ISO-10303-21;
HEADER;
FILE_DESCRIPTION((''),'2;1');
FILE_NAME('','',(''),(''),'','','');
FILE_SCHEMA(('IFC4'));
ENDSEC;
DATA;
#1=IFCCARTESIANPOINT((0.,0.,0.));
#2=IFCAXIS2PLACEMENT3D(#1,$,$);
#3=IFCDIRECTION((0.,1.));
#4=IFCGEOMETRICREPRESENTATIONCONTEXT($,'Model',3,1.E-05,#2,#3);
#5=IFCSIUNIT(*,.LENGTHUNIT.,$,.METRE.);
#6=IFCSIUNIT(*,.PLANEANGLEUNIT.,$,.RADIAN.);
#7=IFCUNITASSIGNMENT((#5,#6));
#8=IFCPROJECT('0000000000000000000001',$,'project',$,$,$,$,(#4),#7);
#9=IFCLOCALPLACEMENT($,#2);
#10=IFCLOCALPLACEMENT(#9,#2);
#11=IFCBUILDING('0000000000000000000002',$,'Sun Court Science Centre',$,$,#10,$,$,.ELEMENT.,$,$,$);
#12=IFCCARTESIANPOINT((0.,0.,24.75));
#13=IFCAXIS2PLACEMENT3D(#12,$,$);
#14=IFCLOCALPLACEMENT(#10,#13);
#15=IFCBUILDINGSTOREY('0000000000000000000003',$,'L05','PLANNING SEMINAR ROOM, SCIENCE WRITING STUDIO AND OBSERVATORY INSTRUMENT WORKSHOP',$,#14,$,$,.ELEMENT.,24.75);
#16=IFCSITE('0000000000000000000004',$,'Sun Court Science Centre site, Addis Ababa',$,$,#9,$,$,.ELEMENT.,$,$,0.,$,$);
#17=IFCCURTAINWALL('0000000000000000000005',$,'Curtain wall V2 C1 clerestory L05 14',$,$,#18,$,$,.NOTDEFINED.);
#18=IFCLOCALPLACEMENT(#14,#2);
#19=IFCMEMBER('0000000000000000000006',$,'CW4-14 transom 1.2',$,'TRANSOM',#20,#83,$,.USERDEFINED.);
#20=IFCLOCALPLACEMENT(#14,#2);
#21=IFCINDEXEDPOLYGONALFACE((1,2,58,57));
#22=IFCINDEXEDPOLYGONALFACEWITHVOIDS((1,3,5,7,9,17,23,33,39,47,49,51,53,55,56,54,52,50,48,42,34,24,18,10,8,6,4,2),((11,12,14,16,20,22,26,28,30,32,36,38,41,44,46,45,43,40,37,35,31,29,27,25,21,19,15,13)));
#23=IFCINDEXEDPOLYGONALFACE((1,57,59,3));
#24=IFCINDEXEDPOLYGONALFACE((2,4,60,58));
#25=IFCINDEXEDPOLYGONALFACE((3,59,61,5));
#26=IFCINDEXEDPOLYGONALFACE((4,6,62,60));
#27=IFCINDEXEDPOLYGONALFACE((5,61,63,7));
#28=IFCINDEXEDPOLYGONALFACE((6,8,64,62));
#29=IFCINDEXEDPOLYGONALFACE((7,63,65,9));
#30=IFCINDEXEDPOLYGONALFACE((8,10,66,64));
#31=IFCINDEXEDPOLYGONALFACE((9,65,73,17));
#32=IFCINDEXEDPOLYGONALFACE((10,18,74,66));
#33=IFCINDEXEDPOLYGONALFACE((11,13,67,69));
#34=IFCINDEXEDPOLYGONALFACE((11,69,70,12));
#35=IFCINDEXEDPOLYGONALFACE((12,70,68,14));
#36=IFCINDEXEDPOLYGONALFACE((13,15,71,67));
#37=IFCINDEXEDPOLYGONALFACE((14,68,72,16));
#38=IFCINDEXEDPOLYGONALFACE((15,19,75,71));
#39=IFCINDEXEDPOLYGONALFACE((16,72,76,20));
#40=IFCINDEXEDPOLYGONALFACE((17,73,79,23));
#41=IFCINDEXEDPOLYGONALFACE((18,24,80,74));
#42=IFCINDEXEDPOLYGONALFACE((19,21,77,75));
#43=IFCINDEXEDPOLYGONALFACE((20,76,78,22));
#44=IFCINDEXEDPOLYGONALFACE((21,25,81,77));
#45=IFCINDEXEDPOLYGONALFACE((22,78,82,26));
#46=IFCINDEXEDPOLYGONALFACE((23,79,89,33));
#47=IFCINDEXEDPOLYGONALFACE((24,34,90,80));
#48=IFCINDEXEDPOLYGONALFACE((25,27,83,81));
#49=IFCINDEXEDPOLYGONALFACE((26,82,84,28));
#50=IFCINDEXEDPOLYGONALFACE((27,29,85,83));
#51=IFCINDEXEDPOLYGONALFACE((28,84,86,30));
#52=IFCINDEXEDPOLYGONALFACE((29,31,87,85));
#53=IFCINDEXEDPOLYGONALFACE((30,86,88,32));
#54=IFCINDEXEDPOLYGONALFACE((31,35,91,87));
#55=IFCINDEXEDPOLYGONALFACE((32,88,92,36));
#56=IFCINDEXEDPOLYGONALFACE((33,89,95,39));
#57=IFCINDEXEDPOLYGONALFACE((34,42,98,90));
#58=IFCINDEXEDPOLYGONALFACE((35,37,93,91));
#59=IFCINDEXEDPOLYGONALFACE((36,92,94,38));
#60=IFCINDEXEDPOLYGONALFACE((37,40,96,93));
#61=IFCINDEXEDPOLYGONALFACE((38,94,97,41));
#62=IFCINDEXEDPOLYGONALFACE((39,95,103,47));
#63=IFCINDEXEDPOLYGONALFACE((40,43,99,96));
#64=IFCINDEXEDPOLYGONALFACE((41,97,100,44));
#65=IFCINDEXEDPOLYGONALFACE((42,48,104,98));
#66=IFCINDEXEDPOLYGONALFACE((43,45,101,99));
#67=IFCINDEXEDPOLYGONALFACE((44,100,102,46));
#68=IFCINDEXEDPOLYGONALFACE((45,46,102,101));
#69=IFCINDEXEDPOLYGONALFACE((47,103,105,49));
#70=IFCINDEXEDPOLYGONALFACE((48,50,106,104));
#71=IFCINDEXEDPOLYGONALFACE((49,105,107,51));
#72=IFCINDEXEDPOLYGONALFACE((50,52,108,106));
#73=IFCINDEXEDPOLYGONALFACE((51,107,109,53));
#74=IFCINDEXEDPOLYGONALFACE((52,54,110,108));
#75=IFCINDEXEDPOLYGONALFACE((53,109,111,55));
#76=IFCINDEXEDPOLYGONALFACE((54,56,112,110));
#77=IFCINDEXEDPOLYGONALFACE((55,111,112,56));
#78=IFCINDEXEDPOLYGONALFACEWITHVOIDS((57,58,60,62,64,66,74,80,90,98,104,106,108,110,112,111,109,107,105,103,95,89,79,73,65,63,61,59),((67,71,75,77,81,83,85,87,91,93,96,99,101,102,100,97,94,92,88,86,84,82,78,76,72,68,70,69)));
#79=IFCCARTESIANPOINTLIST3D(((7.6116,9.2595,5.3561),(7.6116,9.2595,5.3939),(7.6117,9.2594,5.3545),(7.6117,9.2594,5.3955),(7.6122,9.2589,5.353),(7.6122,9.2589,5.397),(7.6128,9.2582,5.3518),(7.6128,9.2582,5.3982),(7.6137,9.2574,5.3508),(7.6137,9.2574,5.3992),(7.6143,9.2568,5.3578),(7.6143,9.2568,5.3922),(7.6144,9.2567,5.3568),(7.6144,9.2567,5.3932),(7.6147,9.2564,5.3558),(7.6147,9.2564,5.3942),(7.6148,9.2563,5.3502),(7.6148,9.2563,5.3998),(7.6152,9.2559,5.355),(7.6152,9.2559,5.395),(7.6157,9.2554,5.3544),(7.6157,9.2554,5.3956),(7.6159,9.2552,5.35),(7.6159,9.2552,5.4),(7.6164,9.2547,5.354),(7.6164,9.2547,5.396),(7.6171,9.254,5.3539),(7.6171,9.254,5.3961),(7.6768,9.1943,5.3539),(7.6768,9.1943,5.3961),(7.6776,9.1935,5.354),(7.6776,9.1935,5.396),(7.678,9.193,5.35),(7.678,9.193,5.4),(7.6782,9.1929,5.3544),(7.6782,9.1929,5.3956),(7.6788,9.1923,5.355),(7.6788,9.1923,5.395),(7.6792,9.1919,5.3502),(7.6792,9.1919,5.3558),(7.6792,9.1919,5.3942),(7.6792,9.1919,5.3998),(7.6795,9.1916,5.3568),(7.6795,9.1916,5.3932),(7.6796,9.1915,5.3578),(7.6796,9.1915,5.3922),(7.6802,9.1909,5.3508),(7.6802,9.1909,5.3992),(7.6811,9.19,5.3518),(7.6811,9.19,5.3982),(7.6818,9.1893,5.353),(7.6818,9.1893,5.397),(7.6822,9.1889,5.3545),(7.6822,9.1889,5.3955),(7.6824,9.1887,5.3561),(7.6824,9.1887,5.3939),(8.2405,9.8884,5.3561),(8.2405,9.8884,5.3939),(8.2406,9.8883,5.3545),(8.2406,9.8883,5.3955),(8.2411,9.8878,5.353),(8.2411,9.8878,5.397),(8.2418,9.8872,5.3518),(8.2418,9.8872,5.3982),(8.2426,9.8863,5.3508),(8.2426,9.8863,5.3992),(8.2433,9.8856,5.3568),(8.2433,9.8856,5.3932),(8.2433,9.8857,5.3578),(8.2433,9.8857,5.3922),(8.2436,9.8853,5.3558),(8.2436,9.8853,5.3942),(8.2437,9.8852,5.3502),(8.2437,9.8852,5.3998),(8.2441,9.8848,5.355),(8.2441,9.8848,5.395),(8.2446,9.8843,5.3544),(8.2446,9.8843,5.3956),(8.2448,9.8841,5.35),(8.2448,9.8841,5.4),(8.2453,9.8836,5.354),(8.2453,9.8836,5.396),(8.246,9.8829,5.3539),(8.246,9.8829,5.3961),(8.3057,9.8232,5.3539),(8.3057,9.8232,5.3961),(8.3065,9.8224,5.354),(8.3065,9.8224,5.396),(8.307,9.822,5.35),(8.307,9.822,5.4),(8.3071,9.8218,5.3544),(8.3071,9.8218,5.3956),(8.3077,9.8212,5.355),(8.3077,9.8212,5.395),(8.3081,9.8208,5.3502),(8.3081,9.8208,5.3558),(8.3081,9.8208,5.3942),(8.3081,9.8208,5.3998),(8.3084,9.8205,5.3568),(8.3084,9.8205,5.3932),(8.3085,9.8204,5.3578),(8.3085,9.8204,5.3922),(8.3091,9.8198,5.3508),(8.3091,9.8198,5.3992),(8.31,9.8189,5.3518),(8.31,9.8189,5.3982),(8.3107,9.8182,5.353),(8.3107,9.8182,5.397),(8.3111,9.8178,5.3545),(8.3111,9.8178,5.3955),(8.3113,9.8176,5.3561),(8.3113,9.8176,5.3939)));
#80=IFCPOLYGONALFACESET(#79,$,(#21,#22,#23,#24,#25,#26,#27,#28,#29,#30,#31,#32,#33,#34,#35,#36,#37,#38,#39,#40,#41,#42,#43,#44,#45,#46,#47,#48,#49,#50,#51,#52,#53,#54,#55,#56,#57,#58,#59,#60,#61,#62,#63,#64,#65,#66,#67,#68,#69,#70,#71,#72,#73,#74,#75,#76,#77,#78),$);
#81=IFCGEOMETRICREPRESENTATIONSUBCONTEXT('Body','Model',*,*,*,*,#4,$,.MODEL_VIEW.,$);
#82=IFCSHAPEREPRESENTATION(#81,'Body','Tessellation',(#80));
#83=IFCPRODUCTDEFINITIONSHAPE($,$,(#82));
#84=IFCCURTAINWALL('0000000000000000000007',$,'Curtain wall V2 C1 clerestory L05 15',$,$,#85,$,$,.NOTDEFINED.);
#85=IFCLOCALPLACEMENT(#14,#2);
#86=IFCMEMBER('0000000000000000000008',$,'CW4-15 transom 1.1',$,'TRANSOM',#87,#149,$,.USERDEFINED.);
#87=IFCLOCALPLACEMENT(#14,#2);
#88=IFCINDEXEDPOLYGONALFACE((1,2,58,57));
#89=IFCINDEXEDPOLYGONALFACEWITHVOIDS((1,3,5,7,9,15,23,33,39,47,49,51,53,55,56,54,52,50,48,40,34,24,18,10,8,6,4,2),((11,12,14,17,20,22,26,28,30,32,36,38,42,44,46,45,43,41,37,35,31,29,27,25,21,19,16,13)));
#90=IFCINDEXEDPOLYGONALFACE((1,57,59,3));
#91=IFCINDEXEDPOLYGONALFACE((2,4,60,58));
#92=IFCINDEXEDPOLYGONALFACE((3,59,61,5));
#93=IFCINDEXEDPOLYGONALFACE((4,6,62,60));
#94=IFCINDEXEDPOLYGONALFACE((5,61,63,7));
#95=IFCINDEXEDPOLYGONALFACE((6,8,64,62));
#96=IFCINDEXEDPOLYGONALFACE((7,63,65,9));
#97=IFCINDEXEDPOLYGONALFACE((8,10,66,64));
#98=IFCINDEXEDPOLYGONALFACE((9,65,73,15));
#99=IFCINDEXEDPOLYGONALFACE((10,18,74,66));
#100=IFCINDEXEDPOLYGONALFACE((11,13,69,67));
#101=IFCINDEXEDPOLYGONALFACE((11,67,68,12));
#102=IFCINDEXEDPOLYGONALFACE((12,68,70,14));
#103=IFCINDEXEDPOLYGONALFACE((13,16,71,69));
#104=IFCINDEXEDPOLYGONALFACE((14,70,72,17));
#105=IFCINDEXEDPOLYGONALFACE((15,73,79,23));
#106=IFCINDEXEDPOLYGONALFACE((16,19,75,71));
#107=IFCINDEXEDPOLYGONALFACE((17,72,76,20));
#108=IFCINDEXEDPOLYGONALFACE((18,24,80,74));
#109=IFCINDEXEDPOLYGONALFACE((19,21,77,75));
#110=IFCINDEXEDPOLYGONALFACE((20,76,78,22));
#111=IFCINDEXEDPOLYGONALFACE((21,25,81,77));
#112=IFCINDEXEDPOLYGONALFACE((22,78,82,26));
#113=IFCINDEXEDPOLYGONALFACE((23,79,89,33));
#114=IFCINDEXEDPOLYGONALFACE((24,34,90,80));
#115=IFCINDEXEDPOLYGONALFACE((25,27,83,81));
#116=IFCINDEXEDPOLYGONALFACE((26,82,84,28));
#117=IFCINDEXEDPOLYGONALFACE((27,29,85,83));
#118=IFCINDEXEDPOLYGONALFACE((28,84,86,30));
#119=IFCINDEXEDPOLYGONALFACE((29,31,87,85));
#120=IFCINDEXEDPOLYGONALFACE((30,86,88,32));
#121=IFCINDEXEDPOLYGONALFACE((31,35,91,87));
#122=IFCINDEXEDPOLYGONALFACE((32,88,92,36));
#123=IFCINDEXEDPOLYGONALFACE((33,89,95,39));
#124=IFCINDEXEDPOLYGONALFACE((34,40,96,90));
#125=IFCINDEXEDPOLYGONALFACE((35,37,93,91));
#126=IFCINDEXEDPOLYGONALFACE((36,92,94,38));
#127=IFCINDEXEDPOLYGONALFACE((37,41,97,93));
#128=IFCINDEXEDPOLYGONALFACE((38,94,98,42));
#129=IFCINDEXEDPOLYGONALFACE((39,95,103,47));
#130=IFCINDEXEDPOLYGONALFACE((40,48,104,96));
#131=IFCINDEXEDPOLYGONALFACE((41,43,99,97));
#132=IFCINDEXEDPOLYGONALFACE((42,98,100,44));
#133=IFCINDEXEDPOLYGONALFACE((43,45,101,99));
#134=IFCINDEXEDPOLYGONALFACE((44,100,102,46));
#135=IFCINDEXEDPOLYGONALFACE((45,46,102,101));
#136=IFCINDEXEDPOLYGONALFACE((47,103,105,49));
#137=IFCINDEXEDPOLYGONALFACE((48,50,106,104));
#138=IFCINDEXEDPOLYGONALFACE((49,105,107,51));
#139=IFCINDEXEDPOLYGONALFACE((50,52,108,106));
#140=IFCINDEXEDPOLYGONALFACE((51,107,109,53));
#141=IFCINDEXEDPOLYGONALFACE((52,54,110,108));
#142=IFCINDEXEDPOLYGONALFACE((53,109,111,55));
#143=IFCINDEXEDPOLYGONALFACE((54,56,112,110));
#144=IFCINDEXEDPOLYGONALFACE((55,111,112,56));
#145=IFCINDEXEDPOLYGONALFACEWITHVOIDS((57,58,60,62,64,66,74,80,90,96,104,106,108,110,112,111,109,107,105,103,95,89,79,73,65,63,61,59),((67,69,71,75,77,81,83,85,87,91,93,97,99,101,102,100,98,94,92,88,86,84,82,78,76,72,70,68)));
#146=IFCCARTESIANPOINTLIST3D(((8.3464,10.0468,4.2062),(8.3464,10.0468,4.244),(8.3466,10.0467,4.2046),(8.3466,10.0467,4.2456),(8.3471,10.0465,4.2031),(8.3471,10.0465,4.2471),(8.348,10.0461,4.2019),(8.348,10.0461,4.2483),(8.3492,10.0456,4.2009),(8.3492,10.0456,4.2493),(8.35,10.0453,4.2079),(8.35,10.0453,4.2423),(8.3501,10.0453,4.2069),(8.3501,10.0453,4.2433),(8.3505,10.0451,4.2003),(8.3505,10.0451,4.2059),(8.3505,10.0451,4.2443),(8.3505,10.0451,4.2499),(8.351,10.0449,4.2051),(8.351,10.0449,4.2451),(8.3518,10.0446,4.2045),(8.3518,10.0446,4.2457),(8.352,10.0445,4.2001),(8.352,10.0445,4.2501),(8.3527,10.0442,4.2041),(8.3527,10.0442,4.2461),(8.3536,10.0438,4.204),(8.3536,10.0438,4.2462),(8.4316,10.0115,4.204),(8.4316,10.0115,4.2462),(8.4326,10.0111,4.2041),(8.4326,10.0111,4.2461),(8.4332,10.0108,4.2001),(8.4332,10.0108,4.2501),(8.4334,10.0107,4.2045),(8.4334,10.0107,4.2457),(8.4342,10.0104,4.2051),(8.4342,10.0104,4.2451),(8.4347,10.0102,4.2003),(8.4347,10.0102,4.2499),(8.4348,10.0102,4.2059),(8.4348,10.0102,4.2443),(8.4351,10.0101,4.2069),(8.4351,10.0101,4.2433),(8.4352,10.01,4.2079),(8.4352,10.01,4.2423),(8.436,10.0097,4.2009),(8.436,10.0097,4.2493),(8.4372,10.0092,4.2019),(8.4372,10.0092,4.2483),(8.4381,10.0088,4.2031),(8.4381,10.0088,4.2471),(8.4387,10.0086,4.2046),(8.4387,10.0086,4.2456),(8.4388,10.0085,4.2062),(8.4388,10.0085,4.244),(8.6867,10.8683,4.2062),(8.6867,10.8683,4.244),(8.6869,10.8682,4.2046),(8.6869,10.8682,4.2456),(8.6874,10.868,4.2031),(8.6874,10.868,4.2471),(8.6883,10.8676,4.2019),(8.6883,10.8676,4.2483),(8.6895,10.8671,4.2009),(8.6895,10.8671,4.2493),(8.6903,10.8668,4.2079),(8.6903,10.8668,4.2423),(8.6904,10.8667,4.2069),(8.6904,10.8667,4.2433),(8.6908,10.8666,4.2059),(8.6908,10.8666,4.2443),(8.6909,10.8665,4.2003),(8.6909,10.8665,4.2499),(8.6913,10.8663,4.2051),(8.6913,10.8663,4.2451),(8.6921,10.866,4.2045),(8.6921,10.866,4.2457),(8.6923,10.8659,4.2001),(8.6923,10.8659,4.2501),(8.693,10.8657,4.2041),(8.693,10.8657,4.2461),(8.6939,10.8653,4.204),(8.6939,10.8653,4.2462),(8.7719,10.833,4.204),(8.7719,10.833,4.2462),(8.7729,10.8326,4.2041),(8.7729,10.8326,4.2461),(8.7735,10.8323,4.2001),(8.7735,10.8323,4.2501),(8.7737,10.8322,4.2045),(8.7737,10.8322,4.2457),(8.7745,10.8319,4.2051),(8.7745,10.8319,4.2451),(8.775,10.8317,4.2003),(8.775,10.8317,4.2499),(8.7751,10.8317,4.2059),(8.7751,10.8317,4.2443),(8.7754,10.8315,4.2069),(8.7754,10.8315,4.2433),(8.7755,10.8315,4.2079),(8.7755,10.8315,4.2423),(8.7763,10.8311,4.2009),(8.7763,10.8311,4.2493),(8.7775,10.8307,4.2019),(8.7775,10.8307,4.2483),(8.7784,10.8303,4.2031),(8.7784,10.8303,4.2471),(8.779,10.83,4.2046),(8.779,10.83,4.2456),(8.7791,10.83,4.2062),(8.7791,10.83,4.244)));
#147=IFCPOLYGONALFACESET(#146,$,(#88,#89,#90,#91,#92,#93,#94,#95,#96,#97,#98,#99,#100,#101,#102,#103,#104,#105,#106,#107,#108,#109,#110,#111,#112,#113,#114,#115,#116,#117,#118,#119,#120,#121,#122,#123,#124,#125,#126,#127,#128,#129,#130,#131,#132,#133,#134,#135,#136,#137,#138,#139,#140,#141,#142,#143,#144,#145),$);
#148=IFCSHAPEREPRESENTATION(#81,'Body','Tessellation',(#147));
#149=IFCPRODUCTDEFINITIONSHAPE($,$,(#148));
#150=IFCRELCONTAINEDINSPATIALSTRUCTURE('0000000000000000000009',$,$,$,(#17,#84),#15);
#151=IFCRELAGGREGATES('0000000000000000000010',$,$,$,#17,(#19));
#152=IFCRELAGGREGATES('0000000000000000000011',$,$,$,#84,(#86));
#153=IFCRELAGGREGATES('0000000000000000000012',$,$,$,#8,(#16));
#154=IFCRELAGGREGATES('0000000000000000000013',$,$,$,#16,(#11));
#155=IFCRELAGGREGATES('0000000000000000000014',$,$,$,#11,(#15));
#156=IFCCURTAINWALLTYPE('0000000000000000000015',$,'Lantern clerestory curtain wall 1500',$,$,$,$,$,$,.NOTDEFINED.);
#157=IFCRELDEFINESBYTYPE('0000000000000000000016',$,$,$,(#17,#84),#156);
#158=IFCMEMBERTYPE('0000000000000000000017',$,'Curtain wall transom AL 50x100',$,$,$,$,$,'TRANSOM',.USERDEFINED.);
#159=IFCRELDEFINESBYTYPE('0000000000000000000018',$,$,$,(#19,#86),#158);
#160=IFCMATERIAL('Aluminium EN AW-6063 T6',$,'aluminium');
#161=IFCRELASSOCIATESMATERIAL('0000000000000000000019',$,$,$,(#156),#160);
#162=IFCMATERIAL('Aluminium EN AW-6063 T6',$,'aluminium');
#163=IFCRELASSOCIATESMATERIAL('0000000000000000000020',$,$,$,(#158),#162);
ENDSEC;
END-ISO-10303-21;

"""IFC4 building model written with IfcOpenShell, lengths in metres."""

from ifc_helpers import new_model, si_unit, direction, frame, origin, origin_2d, place, context, subcontext, project, spatial, hollow_rectangle, extrude, material, material_profile, profile_set, type_object, element, aggregate, save


model = new_model("IFC4")

# Units and contexts
model_context = context("Model", 3, precision=1e-05, world=origin(), true_north=direction((0.0, 1.0)))
body_context = subcontext(model_context, "Body", "Model", "MODEL_VIEW")
ifc_project = project(units=[si_unit("LENGTHUNIT", "METRE"), si_unit("PLANEANGLEUNIT", "RADIAN")], contexts=[model_context])

# Site, building, storey
site_placement = place(None, origin())
site = spatial("IfcSite", under=ifc_project, at=site_placement, Name="Sun Court Science Centre site, Addis Ababa", CompositionType="ELEMENT", RefElevation=0.0)
building_placement = place(site_placement, origin())
building = spatial("IfcBuilding", under=site, at=building_placement, Name="Sun Court Science Centre", CompositionType="ELEMENT")
storey_placement = place(building_placement, frame((0.0, 0.0, 24.75)))
storey = spatial("IfcBuildingStorey", under=building, at=storey_placement, Name="L05", Description="PLANNING SEMINAR ROOM, SCIENCE WRITING STUDIO AND OBSERVATORY INSTRUMENT WORKSHOP", CompositionType="ELEMENT", Elevation=24.75)

# Shared definitions
ifc_material_1 = material(Name="Aluminium EN AW-6063 T6", Category="aluminium")
curtain_wall_type = type_object("IfcCurtainWallType", Name="Lantern clerestory curtain wall 1500", PredefinedType="NOTDEFINED", material=ifc_material_1)

# Curtain walls, members
ifc_material_2 = material(Name="Aluminium EN AW-6063 T6", Category="aluminium")
ifc_material_profile_1 = material_profile(ifc_material_2, hollow_rectangle(XDim=0.05, YDim=0.1001, WallThickness=0.0039, InnerFilletRadius=0.0039, OuterFilletRadius=0.0061, at=origin_2d()), Name="AL 50x100x4")
ifc_profile_set_1 = profile_set([ifc_material_profile_1], Name="Aluminium EN AW-6063 T6")
member_type_1 = type_object("IfcMemberType", Name="Curtain wall transom AL 50x100", ElementType="TRANSOM", PredefinedType="USERDEFINED", material=ifc_profile_set_1)
curtain_wall_1_placement = place(storey_placement, origin())
curtain_wall_1 = element("IfcCurtainWall", 1, at=curtain_wall_1_placement, inside=storey, type_object=curtain_wall_type, Name="Curtain wall V2 C1 clerestory L05 14", PredefinedType="NOTDEFINED")
member_1_placement = place(storey_placement, frame((8.2759, 9.853, 5.375), z_axis=(-0.707107, -0.707107, 0.0), x_axis=(0.0, 0.0, 1.0)))
member_1 = element("IfcMember", 2, at=member_1_placement, type_object=member_type_1, Name="CW4-14 transom 1.2", ObjectType="TRANSOM", PredefinedType="USERDEFINED", context=body_context, shape_type="SweptSolid", body=[
    extrude(hollow_rectangle(XDim=0.05, YDim=0.1001, WallThickness=0.0039, InnerFilletRadius=0.0039, OuterFilletRadius=0.0061, at=origin_2d()), origin(), (0.0, 0.0, 1.0), 0.8894),
])
curtain_wall_2_placement = place(storey_placement, origin())
curtain_wall_2 = element("IfcCurtainWall", 3, at=curtain_wall_2_placement, inside=storey, type_object=curtain_wall_type, Name="Curtain wall V2 C1 clerestory L05 15", PredefinedType="NOTDEFINED")
member_2_placement = place(storey_placement, frame((8.7329, 10.8491, 4.2251), z_axis=(-0.382724, -0.923863, 0.0), x_axis=(0.0, 0.0, 1.0)))
member_2 = element("IfcMember", 4, at=member_2_placement, type_object=member_type_1, Name="CW4-15 transom 1.1", ObjectType="TRANSOM", PredefinedType="USERDEFINED", context=body_context, shape_type="SweptSolid", body=[
    extrude(hollow_rectangle(XDim=0.05, YDim=0.1001, WallThickness=0.0039, InnerFilletRadius=0.0039, OuterFilletRadius=0.0061, at=origin_2d()), origin(), (0.0, 0.0, 1.0), 0.8892),
])

aggregate(curtain_wall_1, [member_1])
aggregate(curtain_wall_2, [member_2])

save(model, "model.ifc")
